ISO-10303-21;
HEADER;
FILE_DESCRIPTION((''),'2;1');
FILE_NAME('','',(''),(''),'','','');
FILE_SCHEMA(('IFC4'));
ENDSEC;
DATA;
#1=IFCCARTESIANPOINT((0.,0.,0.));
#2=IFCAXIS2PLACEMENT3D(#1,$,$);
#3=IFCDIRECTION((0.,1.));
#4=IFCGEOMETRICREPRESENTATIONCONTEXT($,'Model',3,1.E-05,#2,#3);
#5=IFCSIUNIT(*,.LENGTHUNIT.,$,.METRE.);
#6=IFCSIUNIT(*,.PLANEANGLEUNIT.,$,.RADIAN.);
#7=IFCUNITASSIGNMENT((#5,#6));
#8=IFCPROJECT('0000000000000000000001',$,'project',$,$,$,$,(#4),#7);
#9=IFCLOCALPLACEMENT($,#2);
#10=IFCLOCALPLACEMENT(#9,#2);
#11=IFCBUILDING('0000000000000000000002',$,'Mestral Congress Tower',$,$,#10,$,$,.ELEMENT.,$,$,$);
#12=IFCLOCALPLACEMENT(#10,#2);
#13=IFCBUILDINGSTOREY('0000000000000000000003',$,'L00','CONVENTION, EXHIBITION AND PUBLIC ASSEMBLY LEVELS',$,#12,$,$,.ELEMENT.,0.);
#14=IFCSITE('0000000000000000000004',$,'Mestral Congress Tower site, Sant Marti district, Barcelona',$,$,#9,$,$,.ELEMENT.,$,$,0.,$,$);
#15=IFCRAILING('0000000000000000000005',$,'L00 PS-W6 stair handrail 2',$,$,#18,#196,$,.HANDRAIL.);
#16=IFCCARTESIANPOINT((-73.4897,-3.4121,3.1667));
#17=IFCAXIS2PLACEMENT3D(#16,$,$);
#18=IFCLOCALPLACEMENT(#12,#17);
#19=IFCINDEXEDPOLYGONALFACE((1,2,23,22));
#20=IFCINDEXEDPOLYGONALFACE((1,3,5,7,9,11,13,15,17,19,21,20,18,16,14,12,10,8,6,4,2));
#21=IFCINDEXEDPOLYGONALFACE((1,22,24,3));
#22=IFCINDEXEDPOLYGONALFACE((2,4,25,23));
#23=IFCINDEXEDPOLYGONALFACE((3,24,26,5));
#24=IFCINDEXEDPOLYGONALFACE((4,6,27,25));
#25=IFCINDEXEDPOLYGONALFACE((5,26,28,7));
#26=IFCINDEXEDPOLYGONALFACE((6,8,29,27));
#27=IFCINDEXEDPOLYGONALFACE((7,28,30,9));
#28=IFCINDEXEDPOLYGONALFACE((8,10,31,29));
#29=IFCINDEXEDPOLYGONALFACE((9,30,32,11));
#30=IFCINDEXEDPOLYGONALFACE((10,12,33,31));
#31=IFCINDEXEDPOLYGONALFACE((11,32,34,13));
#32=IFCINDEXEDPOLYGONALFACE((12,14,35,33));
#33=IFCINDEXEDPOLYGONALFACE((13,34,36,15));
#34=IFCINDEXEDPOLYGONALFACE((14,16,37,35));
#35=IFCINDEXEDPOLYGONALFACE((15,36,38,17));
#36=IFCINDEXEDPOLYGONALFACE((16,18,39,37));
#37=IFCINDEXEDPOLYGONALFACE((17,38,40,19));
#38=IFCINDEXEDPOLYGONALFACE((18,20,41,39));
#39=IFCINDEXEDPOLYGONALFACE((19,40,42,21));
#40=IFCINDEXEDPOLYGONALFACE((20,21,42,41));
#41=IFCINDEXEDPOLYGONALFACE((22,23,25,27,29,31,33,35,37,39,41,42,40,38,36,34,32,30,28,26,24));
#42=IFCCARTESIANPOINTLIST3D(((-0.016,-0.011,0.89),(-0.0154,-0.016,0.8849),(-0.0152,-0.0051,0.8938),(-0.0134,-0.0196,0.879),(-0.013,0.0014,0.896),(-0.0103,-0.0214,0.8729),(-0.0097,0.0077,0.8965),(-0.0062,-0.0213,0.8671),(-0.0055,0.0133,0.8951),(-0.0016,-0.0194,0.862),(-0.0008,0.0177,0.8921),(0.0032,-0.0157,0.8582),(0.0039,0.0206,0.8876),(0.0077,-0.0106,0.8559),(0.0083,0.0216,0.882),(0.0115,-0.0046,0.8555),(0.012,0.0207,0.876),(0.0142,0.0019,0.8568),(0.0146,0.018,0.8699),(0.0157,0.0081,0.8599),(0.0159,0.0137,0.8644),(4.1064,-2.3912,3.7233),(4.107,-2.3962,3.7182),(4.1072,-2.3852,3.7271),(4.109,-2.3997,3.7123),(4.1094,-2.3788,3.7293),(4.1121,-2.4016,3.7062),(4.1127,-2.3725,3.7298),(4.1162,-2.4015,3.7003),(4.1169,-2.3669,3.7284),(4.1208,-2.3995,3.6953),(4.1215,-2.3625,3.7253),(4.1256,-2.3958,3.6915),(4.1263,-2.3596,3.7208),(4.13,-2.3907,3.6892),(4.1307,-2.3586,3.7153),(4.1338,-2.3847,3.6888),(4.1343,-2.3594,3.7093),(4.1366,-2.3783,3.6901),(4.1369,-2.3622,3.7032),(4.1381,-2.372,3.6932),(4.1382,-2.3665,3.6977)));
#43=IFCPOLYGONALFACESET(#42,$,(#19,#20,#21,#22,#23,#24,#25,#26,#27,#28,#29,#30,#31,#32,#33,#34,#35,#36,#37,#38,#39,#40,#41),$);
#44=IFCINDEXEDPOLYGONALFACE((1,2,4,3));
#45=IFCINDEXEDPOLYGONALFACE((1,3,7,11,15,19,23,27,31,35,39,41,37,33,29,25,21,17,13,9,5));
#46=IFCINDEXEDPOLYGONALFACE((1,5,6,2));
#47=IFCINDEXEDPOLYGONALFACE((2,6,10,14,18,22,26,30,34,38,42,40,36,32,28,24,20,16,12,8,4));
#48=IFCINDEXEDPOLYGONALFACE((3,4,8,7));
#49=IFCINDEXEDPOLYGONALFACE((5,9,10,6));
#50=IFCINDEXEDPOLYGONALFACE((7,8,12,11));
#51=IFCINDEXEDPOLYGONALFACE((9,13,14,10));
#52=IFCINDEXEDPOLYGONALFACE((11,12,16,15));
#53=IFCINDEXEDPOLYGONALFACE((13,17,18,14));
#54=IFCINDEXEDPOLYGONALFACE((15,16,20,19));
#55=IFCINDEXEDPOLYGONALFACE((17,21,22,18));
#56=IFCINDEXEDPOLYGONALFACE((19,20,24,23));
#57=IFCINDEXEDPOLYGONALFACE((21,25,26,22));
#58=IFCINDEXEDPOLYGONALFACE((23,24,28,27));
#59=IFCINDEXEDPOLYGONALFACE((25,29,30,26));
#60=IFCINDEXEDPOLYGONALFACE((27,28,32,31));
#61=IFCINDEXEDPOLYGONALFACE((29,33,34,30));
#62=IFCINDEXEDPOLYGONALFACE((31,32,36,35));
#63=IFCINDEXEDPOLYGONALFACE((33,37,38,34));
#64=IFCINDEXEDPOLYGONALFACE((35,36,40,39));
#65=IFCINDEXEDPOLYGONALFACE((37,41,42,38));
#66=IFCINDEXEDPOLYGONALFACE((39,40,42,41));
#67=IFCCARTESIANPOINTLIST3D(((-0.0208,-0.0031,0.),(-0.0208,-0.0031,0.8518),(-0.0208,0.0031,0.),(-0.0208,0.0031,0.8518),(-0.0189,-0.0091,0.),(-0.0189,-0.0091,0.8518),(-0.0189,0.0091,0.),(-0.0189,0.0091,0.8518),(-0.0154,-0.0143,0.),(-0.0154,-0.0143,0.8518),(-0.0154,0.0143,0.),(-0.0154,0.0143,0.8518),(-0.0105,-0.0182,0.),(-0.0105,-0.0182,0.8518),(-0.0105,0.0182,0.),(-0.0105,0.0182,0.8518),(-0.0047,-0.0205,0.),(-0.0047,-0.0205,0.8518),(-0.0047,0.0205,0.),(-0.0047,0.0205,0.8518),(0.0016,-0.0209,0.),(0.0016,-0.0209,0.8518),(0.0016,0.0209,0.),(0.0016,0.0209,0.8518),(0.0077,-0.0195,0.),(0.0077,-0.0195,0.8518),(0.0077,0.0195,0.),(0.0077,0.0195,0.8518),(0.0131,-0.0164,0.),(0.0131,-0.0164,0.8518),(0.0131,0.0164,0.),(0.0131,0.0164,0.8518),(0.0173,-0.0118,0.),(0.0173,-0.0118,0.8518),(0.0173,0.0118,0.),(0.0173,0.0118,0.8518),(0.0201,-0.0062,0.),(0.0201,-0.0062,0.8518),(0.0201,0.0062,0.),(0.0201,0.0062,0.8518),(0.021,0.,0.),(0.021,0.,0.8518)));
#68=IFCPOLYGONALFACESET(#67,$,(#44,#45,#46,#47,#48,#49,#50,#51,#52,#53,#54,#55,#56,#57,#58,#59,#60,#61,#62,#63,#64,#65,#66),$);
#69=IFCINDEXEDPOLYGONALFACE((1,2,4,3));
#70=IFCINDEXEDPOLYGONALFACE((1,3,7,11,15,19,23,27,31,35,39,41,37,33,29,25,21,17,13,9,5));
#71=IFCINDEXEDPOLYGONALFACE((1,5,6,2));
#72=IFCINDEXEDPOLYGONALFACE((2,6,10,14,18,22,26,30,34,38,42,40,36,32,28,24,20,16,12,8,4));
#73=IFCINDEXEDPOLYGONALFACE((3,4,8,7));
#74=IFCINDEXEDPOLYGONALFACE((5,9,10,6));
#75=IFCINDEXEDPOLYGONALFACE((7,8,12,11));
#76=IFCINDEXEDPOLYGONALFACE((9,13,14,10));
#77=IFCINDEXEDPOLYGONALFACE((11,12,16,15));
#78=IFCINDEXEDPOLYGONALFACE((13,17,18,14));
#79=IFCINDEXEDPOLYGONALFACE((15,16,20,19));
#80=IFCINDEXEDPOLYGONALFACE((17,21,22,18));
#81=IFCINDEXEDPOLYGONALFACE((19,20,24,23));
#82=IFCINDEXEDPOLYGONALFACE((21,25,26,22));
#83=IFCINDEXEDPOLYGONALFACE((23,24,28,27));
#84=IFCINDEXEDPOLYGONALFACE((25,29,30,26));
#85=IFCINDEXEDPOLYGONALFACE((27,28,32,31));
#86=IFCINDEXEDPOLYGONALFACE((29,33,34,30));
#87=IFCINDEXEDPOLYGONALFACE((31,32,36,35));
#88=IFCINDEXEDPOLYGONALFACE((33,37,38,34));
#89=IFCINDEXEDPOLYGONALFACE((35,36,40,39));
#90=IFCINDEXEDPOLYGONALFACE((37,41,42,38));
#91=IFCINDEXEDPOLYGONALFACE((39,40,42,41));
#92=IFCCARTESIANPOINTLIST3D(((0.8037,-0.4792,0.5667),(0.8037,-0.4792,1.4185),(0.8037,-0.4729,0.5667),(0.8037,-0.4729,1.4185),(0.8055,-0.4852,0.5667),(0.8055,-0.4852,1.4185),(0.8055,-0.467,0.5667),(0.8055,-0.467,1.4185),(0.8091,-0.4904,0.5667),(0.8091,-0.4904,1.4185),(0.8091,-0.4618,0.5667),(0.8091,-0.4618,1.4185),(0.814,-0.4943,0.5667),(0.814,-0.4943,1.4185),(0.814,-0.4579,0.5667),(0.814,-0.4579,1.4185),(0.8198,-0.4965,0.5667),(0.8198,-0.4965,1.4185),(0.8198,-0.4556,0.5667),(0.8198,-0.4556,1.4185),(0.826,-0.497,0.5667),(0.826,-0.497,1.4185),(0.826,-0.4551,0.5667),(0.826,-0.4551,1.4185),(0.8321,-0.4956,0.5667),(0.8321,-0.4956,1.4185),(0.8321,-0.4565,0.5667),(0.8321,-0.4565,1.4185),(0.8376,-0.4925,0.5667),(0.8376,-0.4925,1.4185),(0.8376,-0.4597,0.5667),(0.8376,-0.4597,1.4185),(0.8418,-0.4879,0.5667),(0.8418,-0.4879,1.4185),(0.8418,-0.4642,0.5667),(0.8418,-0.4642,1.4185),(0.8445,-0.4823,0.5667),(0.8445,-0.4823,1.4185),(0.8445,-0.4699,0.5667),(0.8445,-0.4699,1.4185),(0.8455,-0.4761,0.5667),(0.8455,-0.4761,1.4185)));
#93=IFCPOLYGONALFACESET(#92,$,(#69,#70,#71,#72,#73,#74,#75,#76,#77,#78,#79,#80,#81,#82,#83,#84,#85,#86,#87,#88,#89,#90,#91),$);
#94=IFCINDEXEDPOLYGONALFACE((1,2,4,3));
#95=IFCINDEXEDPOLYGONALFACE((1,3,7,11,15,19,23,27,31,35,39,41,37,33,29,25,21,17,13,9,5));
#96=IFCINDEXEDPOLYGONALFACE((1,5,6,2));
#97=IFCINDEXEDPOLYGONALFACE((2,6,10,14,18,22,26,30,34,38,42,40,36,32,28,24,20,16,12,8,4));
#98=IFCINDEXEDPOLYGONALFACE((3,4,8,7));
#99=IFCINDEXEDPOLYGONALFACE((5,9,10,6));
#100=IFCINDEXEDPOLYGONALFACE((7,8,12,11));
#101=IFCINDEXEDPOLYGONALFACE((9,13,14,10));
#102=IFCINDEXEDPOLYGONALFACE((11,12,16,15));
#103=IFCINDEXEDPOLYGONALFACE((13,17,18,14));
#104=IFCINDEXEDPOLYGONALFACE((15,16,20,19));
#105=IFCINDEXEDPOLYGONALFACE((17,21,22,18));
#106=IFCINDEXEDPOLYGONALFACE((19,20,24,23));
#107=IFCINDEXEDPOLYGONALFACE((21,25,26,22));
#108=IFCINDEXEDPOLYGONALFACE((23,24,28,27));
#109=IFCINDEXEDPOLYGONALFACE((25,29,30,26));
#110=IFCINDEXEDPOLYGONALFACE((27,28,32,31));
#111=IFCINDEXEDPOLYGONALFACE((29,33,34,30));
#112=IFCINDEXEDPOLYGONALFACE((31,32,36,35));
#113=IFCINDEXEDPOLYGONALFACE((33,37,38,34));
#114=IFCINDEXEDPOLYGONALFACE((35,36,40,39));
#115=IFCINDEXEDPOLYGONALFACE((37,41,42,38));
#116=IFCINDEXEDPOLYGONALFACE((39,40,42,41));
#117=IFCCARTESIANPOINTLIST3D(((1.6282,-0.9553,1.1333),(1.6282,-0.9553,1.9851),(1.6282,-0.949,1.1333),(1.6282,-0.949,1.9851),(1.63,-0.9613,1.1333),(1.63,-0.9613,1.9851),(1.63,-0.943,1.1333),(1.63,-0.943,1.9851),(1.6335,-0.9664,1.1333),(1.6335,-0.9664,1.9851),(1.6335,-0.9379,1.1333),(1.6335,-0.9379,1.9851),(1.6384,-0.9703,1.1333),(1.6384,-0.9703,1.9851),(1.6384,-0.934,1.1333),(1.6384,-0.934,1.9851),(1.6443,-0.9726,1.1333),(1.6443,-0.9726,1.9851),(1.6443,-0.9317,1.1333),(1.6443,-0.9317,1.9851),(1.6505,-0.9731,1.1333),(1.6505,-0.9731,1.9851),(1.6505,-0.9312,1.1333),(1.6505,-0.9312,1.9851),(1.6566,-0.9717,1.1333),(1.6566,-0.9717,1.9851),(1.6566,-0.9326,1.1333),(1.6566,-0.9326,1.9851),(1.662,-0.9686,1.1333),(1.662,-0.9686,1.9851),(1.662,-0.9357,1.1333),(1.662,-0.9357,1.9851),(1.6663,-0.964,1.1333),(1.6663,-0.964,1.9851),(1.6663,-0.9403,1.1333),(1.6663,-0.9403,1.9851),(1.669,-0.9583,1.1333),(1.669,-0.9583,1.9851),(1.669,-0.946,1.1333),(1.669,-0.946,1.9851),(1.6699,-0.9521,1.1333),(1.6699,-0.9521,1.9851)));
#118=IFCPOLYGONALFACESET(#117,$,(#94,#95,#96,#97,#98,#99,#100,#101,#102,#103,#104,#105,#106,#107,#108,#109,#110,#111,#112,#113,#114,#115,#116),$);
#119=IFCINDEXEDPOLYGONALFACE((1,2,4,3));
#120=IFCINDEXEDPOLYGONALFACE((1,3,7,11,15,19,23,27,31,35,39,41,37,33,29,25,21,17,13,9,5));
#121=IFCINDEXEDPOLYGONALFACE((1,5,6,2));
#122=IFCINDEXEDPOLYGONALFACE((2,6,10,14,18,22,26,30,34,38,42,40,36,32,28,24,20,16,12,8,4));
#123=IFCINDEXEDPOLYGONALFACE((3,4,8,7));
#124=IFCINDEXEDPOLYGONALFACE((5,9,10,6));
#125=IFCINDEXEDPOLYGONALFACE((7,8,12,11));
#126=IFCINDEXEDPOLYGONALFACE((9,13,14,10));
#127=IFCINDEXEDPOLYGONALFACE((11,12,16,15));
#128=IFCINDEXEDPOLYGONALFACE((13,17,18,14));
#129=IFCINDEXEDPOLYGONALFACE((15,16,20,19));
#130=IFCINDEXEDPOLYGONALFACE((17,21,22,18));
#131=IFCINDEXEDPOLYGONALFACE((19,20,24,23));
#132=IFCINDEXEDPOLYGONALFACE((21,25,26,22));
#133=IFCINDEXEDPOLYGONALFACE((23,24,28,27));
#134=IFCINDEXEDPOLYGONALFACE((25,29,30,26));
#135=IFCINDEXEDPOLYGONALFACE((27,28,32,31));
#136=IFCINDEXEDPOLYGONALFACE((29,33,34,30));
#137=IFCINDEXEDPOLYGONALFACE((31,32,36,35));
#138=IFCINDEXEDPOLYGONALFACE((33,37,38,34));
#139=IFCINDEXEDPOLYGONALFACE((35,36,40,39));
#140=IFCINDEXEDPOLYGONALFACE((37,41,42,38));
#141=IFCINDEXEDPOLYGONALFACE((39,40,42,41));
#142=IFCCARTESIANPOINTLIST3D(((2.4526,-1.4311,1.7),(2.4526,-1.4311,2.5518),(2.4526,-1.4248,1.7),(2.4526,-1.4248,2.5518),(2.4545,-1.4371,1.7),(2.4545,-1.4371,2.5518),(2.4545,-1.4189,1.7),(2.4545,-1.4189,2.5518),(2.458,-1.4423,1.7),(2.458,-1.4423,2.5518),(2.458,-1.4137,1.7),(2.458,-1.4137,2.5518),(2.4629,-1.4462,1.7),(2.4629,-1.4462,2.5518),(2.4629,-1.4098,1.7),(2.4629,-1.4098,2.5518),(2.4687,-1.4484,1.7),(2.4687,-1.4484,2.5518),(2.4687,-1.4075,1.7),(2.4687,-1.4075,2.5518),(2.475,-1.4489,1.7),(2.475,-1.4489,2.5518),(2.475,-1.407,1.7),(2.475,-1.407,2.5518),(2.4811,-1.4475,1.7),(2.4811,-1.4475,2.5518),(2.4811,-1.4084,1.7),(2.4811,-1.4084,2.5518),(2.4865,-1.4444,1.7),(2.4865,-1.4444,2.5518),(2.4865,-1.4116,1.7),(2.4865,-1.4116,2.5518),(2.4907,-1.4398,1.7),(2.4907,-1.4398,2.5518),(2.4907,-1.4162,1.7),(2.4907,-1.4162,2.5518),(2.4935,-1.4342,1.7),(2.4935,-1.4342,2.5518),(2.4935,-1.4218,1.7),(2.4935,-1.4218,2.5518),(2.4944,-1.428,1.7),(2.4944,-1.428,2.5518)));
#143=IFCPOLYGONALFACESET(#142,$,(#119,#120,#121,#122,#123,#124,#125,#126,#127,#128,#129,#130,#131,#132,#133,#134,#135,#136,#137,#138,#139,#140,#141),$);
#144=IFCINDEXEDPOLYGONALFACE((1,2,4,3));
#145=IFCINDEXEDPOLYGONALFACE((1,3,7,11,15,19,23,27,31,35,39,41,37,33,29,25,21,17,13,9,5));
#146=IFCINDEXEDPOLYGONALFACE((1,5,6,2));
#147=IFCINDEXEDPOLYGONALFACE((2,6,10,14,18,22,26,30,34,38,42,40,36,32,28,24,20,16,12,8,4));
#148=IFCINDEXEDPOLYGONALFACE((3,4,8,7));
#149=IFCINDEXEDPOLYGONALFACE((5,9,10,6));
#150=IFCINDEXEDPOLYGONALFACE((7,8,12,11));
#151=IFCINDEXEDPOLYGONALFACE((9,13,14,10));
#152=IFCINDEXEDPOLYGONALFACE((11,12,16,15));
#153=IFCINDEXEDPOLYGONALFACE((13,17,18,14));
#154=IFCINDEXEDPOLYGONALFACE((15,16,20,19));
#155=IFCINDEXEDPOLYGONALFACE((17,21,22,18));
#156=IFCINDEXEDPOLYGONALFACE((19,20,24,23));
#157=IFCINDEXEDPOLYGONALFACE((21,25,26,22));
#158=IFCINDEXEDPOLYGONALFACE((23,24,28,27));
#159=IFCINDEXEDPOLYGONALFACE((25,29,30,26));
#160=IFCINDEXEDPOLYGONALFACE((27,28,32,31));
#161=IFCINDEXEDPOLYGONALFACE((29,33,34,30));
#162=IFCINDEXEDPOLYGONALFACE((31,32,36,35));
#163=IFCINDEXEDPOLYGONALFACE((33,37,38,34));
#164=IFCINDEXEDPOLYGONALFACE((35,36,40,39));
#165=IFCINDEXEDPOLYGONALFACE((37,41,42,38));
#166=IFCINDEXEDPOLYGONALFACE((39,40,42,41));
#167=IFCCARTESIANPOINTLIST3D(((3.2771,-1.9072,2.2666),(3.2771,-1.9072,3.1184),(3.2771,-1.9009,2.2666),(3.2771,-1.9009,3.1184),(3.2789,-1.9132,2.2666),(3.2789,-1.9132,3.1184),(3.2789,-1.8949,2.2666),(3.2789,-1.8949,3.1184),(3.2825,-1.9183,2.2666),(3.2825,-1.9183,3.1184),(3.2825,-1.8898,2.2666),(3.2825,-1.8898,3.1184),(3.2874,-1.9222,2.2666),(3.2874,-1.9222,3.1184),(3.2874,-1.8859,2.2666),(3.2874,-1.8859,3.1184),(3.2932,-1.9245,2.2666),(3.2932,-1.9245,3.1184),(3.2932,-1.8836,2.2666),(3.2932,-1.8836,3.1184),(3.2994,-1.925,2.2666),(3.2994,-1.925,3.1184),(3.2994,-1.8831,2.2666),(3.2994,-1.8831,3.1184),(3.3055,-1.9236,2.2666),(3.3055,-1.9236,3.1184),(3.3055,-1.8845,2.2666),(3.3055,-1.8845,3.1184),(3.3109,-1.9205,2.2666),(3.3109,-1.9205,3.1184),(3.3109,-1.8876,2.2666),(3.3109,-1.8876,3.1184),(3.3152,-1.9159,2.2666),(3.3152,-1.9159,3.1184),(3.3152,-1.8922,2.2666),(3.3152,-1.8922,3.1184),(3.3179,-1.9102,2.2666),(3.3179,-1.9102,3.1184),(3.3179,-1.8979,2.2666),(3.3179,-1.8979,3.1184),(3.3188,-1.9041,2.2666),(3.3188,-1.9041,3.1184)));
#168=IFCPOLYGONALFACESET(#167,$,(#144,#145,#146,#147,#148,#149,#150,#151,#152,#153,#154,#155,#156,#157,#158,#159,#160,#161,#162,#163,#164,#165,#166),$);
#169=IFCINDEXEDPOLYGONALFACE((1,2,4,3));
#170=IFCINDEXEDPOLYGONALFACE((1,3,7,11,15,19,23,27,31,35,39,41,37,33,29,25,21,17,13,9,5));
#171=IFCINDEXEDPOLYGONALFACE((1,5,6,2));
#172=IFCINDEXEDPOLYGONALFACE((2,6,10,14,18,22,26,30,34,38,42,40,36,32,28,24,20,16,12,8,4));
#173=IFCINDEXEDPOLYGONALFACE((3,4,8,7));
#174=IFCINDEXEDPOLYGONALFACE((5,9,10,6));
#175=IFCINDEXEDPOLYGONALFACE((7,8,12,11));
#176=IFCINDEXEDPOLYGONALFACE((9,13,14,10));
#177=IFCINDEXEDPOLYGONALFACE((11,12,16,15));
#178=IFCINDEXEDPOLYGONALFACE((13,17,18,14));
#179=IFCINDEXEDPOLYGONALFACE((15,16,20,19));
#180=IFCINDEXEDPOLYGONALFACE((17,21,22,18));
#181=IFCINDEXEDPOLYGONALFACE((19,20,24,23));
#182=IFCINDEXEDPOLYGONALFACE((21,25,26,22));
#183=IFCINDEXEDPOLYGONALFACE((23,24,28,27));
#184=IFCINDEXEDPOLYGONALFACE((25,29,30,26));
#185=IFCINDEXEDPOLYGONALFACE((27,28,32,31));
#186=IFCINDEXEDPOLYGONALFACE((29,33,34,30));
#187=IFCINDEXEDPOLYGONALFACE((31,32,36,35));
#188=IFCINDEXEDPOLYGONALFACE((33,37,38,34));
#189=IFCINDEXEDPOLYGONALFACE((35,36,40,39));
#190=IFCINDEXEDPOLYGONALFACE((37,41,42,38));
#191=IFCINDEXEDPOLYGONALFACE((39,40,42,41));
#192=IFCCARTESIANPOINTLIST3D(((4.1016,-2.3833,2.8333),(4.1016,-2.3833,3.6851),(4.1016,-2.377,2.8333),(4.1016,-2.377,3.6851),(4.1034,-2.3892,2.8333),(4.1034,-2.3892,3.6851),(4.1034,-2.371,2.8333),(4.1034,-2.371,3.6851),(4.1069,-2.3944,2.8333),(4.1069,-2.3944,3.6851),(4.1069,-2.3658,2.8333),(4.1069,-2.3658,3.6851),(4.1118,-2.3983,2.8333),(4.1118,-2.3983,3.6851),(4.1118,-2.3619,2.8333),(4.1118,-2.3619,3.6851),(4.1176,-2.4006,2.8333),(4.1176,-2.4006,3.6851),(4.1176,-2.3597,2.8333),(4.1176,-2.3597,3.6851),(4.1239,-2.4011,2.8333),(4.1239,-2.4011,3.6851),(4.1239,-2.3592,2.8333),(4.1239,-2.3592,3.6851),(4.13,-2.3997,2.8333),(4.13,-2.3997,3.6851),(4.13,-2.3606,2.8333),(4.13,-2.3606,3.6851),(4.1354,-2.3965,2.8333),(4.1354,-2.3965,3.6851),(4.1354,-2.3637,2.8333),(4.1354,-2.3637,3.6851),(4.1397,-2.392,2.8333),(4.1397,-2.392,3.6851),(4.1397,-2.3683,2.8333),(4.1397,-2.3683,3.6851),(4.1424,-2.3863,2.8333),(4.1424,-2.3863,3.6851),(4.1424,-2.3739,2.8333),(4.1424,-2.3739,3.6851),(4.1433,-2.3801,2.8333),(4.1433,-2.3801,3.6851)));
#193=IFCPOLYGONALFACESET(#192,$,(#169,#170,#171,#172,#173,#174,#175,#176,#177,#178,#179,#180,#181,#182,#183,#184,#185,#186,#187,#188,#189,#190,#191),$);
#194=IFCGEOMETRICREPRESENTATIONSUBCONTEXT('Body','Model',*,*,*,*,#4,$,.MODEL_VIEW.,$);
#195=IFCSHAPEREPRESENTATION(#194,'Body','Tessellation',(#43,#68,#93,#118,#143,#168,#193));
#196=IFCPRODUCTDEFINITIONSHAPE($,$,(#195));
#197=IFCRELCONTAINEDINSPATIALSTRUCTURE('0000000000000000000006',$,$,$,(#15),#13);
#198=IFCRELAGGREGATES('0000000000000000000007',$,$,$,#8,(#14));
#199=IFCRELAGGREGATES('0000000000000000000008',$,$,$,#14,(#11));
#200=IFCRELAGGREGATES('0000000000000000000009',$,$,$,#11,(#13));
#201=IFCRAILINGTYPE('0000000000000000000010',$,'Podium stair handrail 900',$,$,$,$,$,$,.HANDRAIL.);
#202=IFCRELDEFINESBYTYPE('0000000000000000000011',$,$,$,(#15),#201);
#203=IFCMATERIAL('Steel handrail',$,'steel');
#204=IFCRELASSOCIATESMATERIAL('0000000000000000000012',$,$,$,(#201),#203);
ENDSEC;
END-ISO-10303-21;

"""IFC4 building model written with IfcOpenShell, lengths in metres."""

from ifc_helpers import new_model, si_unit, direction, frame, origin, origin_2d, place, context, subcontext, project, spatial, circle, extrude, material, type_object, element, save


model = new_model("IFC4")

# Units and contexts
model_context = context("Model", 3, precision=1e-05, world=origin(), true_north=direction((0.0, 1.0)))
body_context = subcontext(model_context, "Body", "Model", "MODEL_VIEW")
ifc_project = project(units=[si_unit("LENGTHUNIT", "METRE"), si_unit("PLANEANGLEUNIT", "RADIAN")], contexts=[model_context])

# Site, building, storey
site_placement = place(None, origin())
site = spatial("IfcSite", under=ifc_project, at=site_placement, Name="Mestral Congress Tower site, Sant Marti district, Barcelona", CompositionType="ELEMENT", RefElevation=0.0)
building_placement = place(site_placement, origin())
building = spatial("IfcBuilding", under=site, at=building_placement, Name="Mestral Congress Tower", CompositionType="ELEMENT")
storey_placement = place(building_placement, origin())
storey = spatial("IfcBuildingStorey", under=building, at=storey_placement, Name="L00", Description="CONVENTION, EXHIBITION AND PUBLIC ASSEMBLY LEVELS", CompositionType="ELEMENT", Elevation=0.0)

# Railing
ifc_material_1 = material(Name="Steel handrail", Category="steel")
railing_type_1 = type_object("IfcRailingType", Name="Podium stair handrail 900", PredefinedType="HANDRAIL", material=ifc_material_1)
railing_1_placement = place(storey_placement, frame((-73.4897, -3.4121, 3.1667)))
element("IfcRailing", 1, at=railing_1_placement, inside=storey, type_object=railing_type_1, Name="L00 PS-W6 stair handrail 2", PredefinedType="HANDRAIL", context=body_context, shape_type="SweptSolid", body=[
    extrude(circle(Radius=0.0239, at=origin_2d()), frame((0.0, 0.0, 0.876), z_axis=(0.74417, -0.429666, 0.511466), x_axis=(0.500017, 0.866016, 0.0)), (0.0, 0.0, 1.0), 5.5396),
    extrude(circle(Radius=0.021, at=origin_2d()), origin(), (0.0, 0.0, 1.0), 0.8518),
    extrude(circle(Radius=0.021, at=origin_2d()), frame((0.8245, -0.4761, 0.5667)), (0.0, 0.0, 1.0), 0.8518),
    extrude(circle(Radius=0.021, at=origin_2d()), frame((1.6489, -0.9521, 1.1333)), (0.0, 0.0, 1.0), 0.8518),
    extrude(circle(Radius=0.021, at=origin_2d()), frame((2.4734, -1.428, 1.7)), (0.0, 0.0, 1.0), 0.8518),
    extrude(circle(Radius=0.021, at=origin_2d()), frame((3.2979, -1.9041, 2.2666)), (0.0, 0.0, 1.0), 0.8518),
    extrude(circle(Radius=0.021, at=origin_2d()), frame((4.1223, -2.3801, 2.8333)), (0.0, 0.0, 1.0), 0.8518),
])

save(model, "model.ifc")
